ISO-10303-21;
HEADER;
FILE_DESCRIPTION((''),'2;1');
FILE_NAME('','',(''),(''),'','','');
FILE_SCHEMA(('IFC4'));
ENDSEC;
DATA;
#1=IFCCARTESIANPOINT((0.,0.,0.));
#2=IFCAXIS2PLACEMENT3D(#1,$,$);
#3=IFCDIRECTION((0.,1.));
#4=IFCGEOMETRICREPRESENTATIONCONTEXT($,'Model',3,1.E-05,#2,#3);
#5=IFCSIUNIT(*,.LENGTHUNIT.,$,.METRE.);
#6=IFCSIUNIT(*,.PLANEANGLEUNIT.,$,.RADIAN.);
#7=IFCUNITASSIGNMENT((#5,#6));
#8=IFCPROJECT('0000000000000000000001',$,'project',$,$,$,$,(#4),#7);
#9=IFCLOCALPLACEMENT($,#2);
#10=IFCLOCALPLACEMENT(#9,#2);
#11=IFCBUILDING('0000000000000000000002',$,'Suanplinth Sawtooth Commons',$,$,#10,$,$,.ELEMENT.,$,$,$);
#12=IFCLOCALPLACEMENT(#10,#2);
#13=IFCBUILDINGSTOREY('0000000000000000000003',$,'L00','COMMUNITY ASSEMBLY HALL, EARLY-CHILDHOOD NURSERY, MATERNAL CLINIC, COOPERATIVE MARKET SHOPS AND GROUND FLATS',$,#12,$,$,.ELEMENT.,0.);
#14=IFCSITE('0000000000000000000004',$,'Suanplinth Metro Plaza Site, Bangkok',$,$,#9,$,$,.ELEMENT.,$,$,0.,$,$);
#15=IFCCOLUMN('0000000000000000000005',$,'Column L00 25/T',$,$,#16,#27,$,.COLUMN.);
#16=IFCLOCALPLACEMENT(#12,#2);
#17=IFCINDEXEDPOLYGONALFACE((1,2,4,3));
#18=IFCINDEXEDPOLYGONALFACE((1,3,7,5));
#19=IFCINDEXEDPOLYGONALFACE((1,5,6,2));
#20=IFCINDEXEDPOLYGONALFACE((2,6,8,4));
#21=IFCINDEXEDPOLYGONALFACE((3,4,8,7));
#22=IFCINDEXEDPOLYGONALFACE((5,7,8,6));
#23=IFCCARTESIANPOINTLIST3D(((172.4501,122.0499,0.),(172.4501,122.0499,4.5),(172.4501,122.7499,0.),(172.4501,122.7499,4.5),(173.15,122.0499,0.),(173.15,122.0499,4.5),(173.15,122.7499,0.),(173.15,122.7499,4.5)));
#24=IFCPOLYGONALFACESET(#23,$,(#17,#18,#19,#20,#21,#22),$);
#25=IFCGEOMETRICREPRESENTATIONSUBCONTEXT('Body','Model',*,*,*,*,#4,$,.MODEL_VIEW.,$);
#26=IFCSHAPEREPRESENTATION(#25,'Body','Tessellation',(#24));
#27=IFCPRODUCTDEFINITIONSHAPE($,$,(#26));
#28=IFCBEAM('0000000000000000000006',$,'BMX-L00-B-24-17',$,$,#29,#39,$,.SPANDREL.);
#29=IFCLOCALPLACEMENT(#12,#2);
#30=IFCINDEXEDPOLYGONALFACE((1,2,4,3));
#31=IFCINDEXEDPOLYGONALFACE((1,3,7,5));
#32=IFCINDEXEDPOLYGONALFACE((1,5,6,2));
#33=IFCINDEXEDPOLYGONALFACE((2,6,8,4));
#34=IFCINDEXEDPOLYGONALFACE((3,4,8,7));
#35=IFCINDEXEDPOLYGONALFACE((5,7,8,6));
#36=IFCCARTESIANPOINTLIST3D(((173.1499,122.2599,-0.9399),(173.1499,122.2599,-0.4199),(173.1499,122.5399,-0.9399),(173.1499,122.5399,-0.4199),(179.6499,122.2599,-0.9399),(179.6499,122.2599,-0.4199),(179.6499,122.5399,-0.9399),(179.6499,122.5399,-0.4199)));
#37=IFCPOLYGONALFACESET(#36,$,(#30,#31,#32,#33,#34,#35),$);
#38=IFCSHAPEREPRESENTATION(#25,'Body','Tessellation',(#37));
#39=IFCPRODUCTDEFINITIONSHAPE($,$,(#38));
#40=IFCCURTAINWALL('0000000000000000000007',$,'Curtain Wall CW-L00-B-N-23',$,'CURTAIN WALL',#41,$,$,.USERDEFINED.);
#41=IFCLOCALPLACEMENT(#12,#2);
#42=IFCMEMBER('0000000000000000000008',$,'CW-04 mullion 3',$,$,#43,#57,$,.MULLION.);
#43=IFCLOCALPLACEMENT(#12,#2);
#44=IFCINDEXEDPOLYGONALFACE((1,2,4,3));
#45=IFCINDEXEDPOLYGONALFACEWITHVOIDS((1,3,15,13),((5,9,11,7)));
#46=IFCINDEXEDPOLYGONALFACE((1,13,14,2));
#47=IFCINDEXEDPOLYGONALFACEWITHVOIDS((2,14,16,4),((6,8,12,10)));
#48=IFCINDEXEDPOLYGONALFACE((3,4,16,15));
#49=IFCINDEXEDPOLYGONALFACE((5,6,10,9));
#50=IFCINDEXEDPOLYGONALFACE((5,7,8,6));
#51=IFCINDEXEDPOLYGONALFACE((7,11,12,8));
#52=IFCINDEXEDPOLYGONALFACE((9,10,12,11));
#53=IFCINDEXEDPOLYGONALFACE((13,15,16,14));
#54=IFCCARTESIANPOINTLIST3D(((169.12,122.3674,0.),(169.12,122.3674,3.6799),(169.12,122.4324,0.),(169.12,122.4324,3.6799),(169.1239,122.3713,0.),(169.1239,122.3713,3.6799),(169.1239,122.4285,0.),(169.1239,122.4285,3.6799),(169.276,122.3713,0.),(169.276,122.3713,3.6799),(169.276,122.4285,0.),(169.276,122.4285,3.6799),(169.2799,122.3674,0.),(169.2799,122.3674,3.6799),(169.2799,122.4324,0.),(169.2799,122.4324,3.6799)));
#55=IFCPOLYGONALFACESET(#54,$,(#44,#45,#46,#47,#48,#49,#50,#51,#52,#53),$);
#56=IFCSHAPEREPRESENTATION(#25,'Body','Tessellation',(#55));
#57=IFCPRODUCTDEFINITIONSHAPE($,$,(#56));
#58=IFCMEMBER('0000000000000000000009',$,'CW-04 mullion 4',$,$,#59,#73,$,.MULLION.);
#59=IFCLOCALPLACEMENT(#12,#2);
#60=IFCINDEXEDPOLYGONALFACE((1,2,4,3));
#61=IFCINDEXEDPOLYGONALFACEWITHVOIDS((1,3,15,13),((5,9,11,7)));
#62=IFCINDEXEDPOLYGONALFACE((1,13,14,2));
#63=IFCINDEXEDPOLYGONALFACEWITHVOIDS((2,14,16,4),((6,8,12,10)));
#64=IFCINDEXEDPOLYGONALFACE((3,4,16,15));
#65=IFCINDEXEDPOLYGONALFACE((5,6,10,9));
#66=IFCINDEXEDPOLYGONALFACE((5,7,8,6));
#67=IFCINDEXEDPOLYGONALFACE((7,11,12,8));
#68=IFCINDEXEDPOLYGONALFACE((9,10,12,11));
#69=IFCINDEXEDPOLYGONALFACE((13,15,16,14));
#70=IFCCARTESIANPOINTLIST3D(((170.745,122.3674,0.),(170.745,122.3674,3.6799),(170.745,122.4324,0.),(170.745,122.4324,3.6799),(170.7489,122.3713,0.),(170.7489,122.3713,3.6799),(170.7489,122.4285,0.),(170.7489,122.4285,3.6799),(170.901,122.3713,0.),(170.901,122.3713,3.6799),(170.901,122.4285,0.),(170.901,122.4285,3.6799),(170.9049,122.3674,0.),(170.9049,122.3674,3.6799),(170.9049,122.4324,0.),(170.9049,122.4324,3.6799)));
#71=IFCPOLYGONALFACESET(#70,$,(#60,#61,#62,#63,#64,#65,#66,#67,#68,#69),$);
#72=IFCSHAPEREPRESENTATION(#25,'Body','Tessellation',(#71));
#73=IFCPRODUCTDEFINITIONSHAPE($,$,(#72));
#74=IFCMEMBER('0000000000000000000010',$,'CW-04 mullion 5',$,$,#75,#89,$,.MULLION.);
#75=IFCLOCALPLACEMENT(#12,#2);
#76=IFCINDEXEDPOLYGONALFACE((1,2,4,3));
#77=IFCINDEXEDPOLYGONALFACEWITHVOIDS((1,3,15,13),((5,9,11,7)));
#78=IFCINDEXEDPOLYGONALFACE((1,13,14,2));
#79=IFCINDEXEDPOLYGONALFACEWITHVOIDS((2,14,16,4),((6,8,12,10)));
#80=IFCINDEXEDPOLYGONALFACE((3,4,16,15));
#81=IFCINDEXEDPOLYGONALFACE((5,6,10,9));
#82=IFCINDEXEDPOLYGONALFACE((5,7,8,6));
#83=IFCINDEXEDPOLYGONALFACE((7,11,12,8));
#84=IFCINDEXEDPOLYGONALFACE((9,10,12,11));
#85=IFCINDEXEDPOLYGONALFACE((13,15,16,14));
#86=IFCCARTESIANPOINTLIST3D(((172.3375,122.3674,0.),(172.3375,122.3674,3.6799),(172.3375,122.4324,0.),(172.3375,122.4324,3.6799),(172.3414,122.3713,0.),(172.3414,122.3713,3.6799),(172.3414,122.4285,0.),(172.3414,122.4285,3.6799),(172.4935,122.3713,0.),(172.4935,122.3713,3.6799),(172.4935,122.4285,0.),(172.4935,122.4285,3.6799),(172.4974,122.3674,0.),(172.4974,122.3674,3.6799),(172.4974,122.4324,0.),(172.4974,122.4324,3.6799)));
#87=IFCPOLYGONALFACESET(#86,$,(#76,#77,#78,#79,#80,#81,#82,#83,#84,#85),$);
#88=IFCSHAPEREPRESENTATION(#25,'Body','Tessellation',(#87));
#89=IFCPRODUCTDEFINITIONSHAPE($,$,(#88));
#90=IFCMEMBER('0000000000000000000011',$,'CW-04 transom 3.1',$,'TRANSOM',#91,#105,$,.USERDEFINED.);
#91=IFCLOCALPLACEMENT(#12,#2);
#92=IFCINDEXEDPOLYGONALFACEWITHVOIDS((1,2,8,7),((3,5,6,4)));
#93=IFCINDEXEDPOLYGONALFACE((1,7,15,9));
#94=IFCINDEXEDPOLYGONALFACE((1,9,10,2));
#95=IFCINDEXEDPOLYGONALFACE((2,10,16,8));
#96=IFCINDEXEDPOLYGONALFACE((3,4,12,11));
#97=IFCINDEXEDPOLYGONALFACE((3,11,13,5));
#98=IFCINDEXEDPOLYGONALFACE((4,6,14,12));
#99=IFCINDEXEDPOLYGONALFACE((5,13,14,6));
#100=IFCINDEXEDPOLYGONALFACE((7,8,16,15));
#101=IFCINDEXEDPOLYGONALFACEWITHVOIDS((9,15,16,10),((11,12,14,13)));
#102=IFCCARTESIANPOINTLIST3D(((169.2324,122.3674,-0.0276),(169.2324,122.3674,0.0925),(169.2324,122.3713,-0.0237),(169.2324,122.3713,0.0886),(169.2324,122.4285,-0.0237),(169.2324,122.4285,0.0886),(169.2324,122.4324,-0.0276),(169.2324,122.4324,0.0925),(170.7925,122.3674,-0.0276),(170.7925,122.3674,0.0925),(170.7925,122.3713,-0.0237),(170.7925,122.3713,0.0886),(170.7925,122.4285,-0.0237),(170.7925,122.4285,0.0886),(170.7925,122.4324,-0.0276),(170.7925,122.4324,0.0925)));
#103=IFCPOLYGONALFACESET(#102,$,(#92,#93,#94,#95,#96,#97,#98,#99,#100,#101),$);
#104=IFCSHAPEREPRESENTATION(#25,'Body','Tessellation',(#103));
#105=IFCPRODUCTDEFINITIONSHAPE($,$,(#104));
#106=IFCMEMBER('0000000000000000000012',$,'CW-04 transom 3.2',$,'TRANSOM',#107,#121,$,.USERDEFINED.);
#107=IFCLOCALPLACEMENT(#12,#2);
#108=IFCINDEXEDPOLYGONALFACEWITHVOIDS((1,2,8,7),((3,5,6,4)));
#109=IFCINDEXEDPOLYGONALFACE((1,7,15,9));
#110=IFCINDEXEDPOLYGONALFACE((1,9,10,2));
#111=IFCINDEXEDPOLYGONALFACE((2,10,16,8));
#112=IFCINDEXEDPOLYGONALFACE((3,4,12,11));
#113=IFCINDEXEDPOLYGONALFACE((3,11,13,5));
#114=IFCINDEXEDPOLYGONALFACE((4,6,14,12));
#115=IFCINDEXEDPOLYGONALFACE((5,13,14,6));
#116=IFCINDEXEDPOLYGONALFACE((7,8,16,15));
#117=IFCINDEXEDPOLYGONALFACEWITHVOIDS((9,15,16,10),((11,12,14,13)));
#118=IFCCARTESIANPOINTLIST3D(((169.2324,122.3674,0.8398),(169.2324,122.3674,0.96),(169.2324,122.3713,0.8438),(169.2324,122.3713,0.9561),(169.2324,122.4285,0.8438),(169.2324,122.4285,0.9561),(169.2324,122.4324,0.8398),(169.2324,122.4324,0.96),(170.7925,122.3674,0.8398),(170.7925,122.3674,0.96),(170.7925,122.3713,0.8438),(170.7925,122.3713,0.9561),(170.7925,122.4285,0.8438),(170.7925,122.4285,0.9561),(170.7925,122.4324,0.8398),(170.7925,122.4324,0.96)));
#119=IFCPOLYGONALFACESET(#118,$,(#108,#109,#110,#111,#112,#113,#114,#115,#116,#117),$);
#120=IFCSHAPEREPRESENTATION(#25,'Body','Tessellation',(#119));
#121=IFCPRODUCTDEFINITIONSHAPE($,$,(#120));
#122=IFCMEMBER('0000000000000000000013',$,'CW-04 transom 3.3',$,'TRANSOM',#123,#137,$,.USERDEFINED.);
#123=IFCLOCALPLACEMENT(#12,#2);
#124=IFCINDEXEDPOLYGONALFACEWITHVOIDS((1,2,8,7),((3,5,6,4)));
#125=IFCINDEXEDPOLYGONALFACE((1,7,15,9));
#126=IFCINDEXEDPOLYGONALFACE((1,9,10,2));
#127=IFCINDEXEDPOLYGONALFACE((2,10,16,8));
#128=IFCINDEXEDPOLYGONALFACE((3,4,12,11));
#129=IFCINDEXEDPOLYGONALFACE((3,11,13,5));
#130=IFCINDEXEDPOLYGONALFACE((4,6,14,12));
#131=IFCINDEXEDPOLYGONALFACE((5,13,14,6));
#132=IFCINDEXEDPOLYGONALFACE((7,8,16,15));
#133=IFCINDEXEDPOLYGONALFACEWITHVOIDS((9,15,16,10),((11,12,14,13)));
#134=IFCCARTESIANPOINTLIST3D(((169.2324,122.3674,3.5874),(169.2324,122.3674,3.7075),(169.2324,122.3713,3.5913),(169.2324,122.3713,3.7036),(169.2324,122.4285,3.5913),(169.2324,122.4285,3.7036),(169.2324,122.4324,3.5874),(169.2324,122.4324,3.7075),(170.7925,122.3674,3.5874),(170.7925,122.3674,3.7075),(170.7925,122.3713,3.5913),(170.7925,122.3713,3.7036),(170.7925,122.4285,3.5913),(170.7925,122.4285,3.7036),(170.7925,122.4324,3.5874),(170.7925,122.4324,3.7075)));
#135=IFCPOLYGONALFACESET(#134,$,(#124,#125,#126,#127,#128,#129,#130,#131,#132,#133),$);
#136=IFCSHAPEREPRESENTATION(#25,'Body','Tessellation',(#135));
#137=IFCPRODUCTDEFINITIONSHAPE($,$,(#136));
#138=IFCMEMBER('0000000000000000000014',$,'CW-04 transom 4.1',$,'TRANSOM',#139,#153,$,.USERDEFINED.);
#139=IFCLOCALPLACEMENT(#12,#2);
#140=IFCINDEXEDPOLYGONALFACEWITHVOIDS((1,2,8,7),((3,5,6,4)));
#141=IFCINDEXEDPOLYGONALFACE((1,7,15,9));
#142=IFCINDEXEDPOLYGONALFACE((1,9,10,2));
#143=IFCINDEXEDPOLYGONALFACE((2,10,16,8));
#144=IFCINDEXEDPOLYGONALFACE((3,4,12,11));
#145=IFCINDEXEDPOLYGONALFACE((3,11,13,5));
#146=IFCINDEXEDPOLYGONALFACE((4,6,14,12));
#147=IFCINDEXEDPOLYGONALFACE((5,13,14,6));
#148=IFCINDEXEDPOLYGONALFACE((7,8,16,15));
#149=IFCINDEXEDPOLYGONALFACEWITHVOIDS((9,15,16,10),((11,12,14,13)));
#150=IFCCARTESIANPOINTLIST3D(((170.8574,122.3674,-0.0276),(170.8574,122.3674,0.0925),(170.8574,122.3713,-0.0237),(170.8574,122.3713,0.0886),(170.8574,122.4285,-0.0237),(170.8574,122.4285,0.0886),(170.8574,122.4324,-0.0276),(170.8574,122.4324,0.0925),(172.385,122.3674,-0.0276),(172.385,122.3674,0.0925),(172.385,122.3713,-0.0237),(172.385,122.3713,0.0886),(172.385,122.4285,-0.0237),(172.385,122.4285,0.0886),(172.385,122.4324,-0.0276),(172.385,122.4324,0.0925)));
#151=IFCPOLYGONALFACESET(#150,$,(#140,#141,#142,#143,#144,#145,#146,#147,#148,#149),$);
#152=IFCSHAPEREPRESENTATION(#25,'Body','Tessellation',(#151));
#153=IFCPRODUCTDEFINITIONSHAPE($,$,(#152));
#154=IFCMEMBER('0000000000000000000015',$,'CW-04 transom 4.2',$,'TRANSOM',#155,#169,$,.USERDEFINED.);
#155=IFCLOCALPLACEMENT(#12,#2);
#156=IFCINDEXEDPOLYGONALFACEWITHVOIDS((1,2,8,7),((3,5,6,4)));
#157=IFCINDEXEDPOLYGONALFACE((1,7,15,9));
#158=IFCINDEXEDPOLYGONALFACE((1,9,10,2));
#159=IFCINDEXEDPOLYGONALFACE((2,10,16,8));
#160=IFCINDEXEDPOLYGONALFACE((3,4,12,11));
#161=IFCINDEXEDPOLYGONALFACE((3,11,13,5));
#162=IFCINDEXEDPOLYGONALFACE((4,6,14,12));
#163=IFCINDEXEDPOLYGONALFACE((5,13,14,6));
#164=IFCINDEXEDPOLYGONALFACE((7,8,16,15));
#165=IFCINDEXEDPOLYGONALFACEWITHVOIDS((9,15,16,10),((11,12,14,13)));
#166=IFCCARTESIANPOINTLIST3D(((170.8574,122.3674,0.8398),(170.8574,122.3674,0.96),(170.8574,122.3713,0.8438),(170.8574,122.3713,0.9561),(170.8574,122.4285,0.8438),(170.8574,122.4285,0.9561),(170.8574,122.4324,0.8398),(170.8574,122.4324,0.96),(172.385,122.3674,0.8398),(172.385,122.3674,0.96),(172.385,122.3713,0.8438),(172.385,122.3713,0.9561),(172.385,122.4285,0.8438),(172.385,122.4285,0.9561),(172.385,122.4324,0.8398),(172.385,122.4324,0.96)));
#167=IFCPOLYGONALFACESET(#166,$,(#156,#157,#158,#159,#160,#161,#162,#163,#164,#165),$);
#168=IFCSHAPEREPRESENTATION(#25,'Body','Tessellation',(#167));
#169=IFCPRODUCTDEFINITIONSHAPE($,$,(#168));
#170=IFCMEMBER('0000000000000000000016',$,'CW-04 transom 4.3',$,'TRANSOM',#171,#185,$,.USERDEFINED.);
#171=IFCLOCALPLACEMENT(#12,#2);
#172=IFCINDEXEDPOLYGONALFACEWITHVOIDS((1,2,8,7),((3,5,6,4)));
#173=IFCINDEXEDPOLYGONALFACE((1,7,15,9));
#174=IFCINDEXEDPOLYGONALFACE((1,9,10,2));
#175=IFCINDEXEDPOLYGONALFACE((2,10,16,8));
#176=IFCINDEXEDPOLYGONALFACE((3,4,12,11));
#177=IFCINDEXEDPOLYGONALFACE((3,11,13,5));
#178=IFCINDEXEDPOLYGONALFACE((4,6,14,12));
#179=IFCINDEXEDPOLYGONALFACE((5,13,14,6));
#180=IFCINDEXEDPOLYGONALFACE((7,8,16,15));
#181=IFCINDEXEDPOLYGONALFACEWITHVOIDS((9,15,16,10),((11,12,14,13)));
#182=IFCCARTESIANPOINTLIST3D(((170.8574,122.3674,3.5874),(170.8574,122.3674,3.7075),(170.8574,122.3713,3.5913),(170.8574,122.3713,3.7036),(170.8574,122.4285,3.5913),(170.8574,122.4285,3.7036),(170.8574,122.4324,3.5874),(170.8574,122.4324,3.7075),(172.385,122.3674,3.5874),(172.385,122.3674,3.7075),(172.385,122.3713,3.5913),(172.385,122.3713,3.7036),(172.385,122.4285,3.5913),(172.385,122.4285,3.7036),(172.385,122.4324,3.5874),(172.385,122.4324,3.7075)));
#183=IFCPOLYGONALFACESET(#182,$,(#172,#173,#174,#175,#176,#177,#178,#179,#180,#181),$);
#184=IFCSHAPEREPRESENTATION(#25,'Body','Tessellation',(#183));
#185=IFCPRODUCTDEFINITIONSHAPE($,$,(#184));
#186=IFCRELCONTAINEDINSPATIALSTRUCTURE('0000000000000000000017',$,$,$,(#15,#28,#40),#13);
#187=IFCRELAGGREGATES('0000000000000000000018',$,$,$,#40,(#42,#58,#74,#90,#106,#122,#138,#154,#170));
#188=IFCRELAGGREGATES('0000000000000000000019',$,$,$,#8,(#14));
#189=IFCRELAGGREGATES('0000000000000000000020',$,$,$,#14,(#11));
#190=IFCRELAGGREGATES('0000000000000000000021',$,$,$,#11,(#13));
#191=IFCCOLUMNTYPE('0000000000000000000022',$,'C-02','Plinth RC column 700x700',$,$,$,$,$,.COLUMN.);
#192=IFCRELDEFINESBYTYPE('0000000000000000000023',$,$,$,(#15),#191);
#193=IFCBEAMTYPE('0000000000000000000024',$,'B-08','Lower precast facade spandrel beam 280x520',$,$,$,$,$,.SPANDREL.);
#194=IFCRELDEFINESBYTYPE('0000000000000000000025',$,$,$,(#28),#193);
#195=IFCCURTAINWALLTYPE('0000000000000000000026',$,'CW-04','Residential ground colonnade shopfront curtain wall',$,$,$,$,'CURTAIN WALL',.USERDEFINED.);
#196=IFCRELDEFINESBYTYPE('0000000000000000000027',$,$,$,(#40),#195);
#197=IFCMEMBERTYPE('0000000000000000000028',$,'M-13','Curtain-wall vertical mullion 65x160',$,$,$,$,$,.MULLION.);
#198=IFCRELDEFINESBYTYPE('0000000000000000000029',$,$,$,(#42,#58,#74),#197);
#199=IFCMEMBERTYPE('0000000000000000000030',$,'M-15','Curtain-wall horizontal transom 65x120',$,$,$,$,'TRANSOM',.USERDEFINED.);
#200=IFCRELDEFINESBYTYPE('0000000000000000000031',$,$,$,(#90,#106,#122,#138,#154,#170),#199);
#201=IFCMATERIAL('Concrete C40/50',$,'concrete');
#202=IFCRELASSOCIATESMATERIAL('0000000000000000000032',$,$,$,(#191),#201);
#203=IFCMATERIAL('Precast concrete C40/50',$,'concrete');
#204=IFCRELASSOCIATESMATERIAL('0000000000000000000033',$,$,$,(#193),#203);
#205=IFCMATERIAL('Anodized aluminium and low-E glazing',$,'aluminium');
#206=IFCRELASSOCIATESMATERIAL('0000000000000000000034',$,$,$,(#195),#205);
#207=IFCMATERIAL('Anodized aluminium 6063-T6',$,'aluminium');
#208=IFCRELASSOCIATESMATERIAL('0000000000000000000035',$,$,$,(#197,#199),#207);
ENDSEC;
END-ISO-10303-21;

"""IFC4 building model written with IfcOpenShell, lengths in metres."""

from ifc_helpers import new_model, si_unit, direction, frame, origin, origin_2d, place, context, subcontext, project, spatial, rectangle, hollow_rectangle, extrude, material, material_profile, profile_set, type_object, element, aggregate, save


model = new_model("IFC4")

# Units and contexts
model_context = context("Model", 3, precision=1e-05, world=origin(), true_north=direction((0.0, 1.0)))
body_context = subcontext(model_context, "Body", "Model", "MODEL_VIEW")
ifc_project = project(units=[si_unit("LENGTHUNIT", "METRE"), si_unit("PLANEANGLEUNIT", "RADIAN")], contexts=[model_context])

# Site, building, storey
site_placement = place(None, origin())
site = spatial("IfcSite", under=ifc_project, at=site_placement, Name="Suanplinth Metro Plaza Site, Bangkok", CompositionType="ELEMENT", RefElevation=0.0)
building_placement = place(site_placement, origin())
building = spatial("IfcBuilding", under=site, at=building_placement, Name="Suanplinth Sawtooth Commons", CompositionType="ELEMENT")
storey_placement = place(building_placement, origin())
storey = spatial("IfcBuildingStorey", under=building, at=storey_placement, Name="L00", Description="COMMUNITY ASSEMBLY HALL, EARLY-CHILDHOOD NURSERY, MATERNAL CLINIC, COOPERATIVE MARKET SHOPS AND GROUND FLATS", CompositionType="ELEMENT", Elevation=0.0)

# Column
ifc_material_1 = material(Name="Concrete C40/50", Category="concrete")
ifc_material_profile_1 = material_profile(ifc_material_1, rectangle(XDim=0.7, YDim=0.7, at=origin_2d()), Name="RC-COL 700x700")
ifc_profile_set_1 = profile_set([ifc_material_profile_1], Name="Concrete C40/50")
column_type = type_object("IfcColumnType", Name="C-02", Description="Plinth RC column 700x700", PredefinedType="COLUMN", material=ifc_profile_set_1)
column_placement = place(storey_placement, frame((172.8, 122.3999, 0.0), z_axis=(0.0, 0.0, 1.0), x_axis=(1.0, 0.0, 0.0)))
element("IfcColumn", 1, at=column_placement, inside=storey, type_object=column_type, Name="Column L00 25/T", PredefinedType="COLUMN", context=body_context, shape_type="SweptSolid", body=[
    extrude(rectangle(XDim=0.7, YDim=0.7, at=origin_2d()), origin(), (0.0, 0.0, 1.0), 4.5),
])

# Beam
ifc_material_2 = material(Name="Precast concrete C40/50", Category="concrete")
ifc_material_profile_2 = material_profile(ifc_material_2, rectangle(XDim=0.28, YDim=0.52, at=origin_2d()), Name="PC-SP 280x520")
ifc_profile_set_2 = profile_set([ifc_material_profile_2], Name="Precast concrete C40/50")
beam_type = type_object("IfcBeamType", Name="B-08", Description="Lower precast facade spandrel beam 280x520", PredefinedType="SPANDREL", material=ifc_profile_set_2)
beam_placement = place(storey_placement, frame((173.1499, 122.3999, -0.6799), z_axis=(1.0, 0.0, 0.0), x_axis=(0.0, 1.0, 0.0)))
element("IfcBeam", 2, at=beam_placement, inside=storey, type_object=beam_type, Name="BMX-L00-B-24-17", PredefinedType="SPANDREL", context=body_context, shape_type="SweptSolid", body=[
    extrude(rectangle(XDim=0.28, YDim=0.52, at=origin_2d()), origin(), (0.0, 0.0, 1.0), 6.5),
])

# Curtain wall, members
ifc_material_3 = material(Name="Anodized aluminium and low-E glazing", Category="aluminium")
curtain_wall_type = type_object("IfcCurtainWallType", Name="CW-04", Description="Residential ground colonnade shopfront curtain wall", ElementType="CURTAIN WALL", PredefinedType="USERDEFINED", material=ifc_material_3)
curtain_wall_placement = place(storey_placement, origin())
curtain_wall = element("IfcCurtainWall", 3, at=curtain_wall_placement, inside=storey, type_object=curtain_wall_type, Name="Curtain Wall CW-L00-B-N-23", ObjectType="CURTAIN WALL", PredefinedType="USERDEFINED")
ifc_material_4 = material(Name="Anodized aluminium 6063-T6", Category="aluminium")
ifc_material_profile_3 = material_profile(ifc_material_4, hollow_rectangle(XDim=0.0649, YDim=0.1599, WallThickness=0.0039, at=origin_2d()), Name="ALU-MUL 65x160")
ifc_profile_set_3 = profile_set([ifc_material_profile_3], Name="Anodized aluminium 6063-T6")
member_type_1 = type_object("IfcMemberType", Name="M-13", Description="Curtain-wall vertical mullion 65x160", PredefinedType="MULLION", material=ifc_profile_set_3)
member_1_placement = place(storey_placement, frame((169.2, 122.3999, 0.0), z_axis=(0.0, 0.0, 1.0), x_axis=(0.0, 1.0, 0.0)))
member_1 = element("IfcMember", 4, at=member_1_placement, type_object=member_type_1, Name="CW-04 mullion 3", PredefinedType="MULLION", context=body_context, shape_type="SweptSolid", body=[
    extrude(hollow_rectangle(XDim=0.0649, YDim=0.1599, WallThickness=0.0039, at=origin_2d()), origin(), (0.0, 0.0, 1.0), 3.6799),
])
member_2_placement = place(storey_placement, frame((170.825, 122.3999, 0.0), z_axis=(0.0, 0.0, 1.0), x_axis=(0.0, 1.0, 0.0)))
member_2 = element("IfcMember", 5, at=member_2_placement, type_object=member_type_1, Name="CW-04 mullion 4", PredefinedType="MULLION", context=body_context, shape_type="SweptSolid", body=[
    extrude(hollow_rectangle(XDim=0.0649, YDim=0.1599, WallThickness=0.0039, at=origin_2d()), origin(), (0.0, 0.0, 1.0), 3.6799),
])
member_3_placement = place(storey_placement, frame((172.4175, 122.3999, 0.0), z_axis=(0.0, 0.0, 1.0), x_axis=(0.0, 1.0, 0.0)))
member_3 = element("IfcMember", 6, at=member_3_placement, type_object=member_type_1, Name="CW-04 mullion 5", PredefinedType="MULLION", context=body_context, shape_type="SweptSolid", body=[
    extrude(hollow_rectangle(XDim=0.0649, YDim=0.1599, WallThickness=0.0039, at=origin_2d()), origin(), (0.0, 0.0, 1.0), 3.6799),
])
ifc_material_profile_4 = material_profile(ifc_material_4, hollow_rectangle(XDim=0.0649, YDim=0.1201, WallThickness=0.0039, at=origin_2d()), Name="ALU-TRN 65x120")
ifc_profile_set_4 = profile_set([ifc_material_profile_4], Name="Anodized aluminium 6063-T6")
member_type_2 = type_object("IfcMemberType", Name="M-15", Description="Curtain-wall horizontal transom 65x120", ElementType="TRANSOM", PredefinedType="USERDEFINED", material=ifc_profile_set_4)
member_4_placement = place(storey_placement, frame((169.2324, 122.3999, 0.0325), z_axis=(1.0, 0.0, 0.0), x_axis=(0.0, 1.0, 0.0)))
member_4 = element("IfcMember", 7, at=member_4_placement, type_object=member_type_2, Name="CW-04 transom 3.1", ObjectType="TRANSOM", PredefinedType="USERDEFINED", context=body_context, shape_type="SweptSolid", body=[
    extrude(hollow_rectangle(XDim=0.0649, YDim=0.1201, WallThickness=0.0039, at=origin_2d()), origin(), (0.0, 0.0, 1.0), 1.5601),
])
member_5_placement = place(storey_placement, frame((169.2324, 122.3999, 0.8999), z_axis=(1.0, 0.0, 0.0), x_axis=(0.0, 1.0, 0.0)))
member_5 = element("IfcMember", 8, at=member_5_placement, type_object=member_type_2, Name="CW-04 transom 3.2", ObjectType="TRANSOM", PredefinedType="USERDEFINED", context=body_context, shape_type="SweptSolid", body=[
    extrude(hollow_rectangle(XDim=0.0649, YDim=0.1201, WallThickness=0.0039, at=origin_2d()), origin(), (0.0, 0.0, 1.0), 1.5601),
])
member_6_placement = place(storey_placement, frame((169.2324, 122.3999, 3.6475), z_axis=(1.0, 0.0, 0.0), x_axis=(0.0, 1.0, 0.0)))
member_6 = element("IfcMember", 9, at=member_6_placement, type_object=member_type_2, Name="CW-04 transom 3.3", ObjectType="TRANSOM", PredefinedType="USERDEFINED", context=body_context, shape_type="SweptSolid", body=[
    extrude(hollow_rectangle(XDim=0.0649, YDim=0.1201, WallThickness=0.0039, at=origin_2d()), origin(), (0.0, 0.0, 1.0), 1.5601),
])
member_7_placement = place(storey_placement, frame((170.8574, 122.3999, 0.0325), z_axis=(1.0, 0.0, 0.0), x_axis=(0.0, 1.0, 0.0)))
member_7 = element("IfcMember", 10, at=member_7_placement, type_object=member_type_2, Name="CW-04 transom 4.1", ObjectType="TRANSOM", PredefinedType="USERDEFINED", context=body_context, shape_type="SweptSolid", body=[
    extrude(hollow_rectangle(XDim=0.0649, YDim=0.1201, WallThickness=0.0039, at=origin_2d()), origin(), (0.0, 0.0, 1.0), 1.5276),
])
member_8_placement = place(storey_placement, frame((170.8574, 122.3999, 0.8999), z_axis=(1.0, 0.0, 0.0), x_axis=(0.0, 1.0, 0.0)))
member_8 = element("IfcMember", 11, at=member_8_placement, type_object=member_type_2, Name="CW-04 transom 4.2", ObjectType="TRANSOM", PredefinedType="USERDEFINED", context=body_context, shape_type="SweptSolid", body=[
    extrude(hollow_rectangle(XDim=0.0649, YDim=0.1201, WallThickness=0.0039, at=origin_2d()), origin(), (0.0, 0.0, 1.0), 1.5276),
])
member_9_placement = place(storey_placement, frame((170.8574, 122.3999, 3.6475), z_axis=(1.0, 0.0, 0.0), x_axis=(0.0, 1.0, 0.0)))
member_9 = element("IfcMember", 12, at=member_9_placement, type_object=member_type_2, Name="CW-04 transom 4.3", ObjectType="TRANSOM", PredefinedType="USERDEFINED", context=body_context, shape_type="SweptSolid", body=[
    extrude(hollow_rectangle(XDim=0.0649, YDim=0.1201, WallThickness=0.0039, at=origin_2d()), origin(), (0.0, 0.0, 1.0), 1.5276),
])
aggregate(curtain_wall, [member_1, member_2, member_3, member_4, member_5, member_6, member_7, member_8, member_9])

save(model, "model.ifc")
